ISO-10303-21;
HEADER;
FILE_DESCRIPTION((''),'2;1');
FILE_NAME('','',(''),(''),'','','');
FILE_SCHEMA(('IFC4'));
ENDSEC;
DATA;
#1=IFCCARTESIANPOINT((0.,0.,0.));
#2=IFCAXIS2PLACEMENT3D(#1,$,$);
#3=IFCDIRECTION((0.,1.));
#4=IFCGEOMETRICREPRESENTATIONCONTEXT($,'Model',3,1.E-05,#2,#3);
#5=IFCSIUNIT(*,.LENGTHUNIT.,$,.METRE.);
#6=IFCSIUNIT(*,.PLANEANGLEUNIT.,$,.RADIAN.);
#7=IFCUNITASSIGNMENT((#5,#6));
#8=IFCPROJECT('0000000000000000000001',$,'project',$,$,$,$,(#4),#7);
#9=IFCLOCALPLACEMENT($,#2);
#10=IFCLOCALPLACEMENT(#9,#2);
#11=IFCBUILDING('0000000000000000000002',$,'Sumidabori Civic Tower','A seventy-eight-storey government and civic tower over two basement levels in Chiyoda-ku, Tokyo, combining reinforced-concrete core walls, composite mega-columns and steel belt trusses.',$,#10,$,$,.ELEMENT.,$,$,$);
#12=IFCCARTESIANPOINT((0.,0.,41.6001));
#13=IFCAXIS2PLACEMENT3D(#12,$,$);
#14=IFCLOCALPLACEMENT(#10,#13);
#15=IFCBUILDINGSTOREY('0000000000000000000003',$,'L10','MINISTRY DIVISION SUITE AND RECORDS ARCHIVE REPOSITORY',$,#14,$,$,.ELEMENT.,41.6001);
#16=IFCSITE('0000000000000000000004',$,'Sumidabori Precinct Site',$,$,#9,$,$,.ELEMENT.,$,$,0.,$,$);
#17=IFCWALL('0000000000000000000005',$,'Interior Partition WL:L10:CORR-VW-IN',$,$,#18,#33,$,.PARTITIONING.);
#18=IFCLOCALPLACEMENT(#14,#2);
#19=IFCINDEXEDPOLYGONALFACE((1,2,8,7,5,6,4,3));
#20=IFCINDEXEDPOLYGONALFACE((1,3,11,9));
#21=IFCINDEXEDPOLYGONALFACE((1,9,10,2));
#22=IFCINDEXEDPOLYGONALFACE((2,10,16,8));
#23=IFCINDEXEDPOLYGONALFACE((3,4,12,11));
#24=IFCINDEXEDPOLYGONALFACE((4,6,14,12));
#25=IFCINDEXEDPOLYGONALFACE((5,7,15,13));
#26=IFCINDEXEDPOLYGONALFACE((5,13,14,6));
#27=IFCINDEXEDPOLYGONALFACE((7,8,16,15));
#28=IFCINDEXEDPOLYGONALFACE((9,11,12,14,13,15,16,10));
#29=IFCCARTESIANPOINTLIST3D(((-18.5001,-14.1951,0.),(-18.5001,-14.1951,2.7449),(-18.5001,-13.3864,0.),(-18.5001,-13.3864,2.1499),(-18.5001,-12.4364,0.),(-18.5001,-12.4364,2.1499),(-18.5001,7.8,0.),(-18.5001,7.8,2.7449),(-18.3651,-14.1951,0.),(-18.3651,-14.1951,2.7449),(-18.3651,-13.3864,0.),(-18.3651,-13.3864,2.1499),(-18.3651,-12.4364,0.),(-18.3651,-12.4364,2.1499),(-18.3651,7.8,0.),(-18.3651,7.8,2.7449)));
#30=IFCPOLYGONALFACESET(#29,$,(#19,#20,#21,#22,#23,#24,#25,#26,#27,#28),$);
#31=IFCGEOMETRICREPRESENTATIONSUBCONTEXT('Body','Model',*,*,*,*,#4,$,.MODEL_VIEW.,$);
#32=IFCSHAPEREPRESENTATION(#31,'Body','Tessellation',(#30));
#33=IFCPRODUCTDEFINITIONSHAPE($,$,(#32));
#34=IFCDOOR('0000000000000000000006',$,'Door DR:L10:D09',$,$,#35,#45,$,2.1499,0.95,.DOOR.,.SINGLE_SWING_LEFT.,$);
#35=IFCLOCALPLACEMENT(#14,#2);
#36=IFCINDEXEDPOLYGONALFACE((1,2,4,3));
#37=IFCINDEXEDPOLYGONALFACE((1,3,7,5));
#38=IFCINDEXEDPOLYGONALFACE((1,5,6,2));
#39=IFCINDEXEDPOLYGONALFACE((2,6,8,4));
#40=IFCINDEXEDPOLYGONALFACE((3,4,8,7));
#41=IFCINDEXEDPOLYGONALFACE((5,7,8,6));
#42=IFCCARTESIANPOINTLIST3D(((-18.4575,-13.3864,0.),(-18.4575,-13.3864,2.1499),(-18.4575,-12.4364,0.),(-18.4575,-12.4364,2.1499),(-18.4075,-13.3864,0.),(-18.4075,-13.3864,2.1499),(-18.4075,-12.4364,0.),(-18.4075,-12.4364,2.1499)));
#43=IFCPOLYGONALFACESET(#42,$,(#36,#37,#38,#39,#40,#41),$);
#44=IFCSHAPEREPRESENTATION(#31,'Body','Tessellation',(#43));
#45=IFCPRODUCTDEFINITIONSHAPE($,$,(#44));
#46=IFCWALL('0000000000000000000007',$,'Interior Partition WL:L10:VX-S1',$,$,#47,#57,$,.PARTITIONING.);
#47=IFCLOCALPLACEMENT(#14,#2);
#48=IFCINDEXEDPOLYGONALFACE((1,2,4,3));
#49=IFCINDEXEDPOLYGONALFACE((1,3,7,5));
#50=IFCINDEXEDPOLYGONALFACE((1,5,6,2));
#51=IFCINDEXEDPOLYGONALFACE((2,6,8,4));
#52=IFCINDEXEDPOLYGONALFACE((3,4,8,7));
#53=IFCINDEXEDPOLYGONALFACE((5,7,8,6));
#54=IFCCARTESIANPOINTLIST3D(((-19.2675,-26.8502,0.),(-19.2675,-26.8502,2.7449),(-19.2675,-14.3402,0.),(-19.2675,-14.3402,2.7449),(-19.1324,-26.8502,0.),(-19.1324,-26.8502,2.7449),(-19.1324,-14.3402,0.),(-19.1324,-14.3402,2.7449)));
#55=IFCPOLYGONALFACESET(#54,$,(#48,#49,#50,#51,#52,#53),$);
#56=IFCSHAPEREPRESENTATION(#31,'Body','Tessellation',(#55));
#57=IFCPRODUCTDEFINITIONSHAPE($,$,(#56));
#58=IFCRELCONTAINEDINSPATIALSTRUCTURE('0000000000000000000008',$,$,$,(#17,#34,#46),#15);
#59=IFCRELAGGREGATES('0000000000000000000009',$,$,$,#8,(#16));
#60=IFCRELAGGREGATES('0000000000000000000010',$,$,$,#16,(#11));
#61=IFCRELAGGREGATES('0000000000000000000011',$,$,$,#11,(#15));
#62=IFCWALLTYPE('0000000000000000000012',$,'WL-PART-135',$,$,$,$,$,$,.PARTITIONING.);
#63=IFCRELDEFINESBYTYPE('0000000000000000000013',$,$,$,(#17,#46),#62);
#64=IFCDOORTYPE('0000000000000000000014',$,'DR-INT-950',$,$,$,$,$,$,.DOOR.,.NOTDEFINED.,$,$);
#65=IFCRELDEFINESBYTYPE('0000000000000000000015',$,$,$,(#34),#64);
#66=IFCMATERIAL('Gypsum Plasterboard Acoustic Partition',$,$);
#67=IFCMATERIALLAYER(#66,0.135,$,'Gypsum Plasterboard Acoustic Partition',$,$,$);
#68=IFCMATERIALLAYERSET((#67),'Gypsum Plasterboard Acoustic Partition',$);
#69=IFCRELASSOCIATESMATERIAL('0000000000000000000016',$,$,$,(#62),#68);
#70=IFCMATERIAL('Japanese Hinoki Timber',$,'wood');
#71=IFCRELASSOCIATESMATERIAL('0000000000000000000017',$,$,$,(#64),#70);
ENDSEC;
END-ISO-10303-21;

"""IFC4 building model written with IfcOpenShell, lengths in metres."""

from ifc_helpers import new_model, si_unit, direction, frame, frame_2d, origin, place, context, subcontext, project, spatial, rectangle, extrude, source, transform, mapped, material, layer, layer_set, type_object, element, fill, save


model = new_model("IFC4")

# Units and contexts
model_context = context("Model", 3, precision=1e-05, world=origin(), true_north=direction((0.0, 1.0)))
body_context = subcontext(model_context, "Body", "Model", "MODEL_VIEW")
ifc_project = project(units=[si_unit("LENGTHUNIT", "METRE"), si_unit("PLANEANGLEUNIT", "RADIAN")], contexts=[model_context])

# Site, building, storey
site_placement = place(None, origin())
site = spatial("IfcSite", under=ifc_project, at=site_placement, Name="Sumidabori Precinct Site", CompositionType="ELEMENT", RefElevation=0.0)
building_placement = place(site_placement, origin())
building = spatial("IfcBuilding", under=site, at=building_placement, Name="Sumidabori Civic Tower", Description="A seventy-eight-storey government and civic tower over two basement levels in Chiyoda-ku, Tokyo, combining reinforced-concrete core walls, composite mega-columns and steel belt trusses.", CompositionType="ELEMENT")
storey_placement = place(building_placement, frame((0.0, 0.0, 41.6001)))
storey = spatial("IfcBuildingStorey", under=building, at=storey_placement, Name="L10", Description="MINISTRY DIVISION SUITE AND RECORDS ARCHIVE REPOSITORY", CompositionType="ELEMENT", Elevation=41.6001)

# Shared definitions
ifc_material_1 = material(Name="Gypsum Plasterboard Acoustic Partition")
ifc_layer_1 = layer(ifc_material_1, 0.135, Name="Gypsum Plasterboard Acoustic Partition")
ifc_layer_set_1 = layer_set([ifc_layer_1], Name="Gypsum Plasterboard Acoustic Partition")
wall_type_1 = type_object("IfcWallType", Name="WL-PART-135", PredefinedType="PARTITIONING", material=ifc_layer_set_1)

# Shared definitions
ifc_material_2 = material(Name="Japanese Hinoki Timber", Category="wood")
door_type = type_object("IfcDoorType", Name="DR-INT-950", OperationType="NOTDEFINED", PredefinedType="DOOR", material=ifc_material_2)
shared_shape_1 = source(origin(), body_context, "Body", "SweptSolid", [
    extrude(rectangle(XDim=0.95, YDim=2.1499, at=frame_2d((0.4751, 1.075))), frame((0.0, 0.0249, 0.0), z_axis=(0.0, -1.0, 0.0), x_axis=(1.0, 0.0, 0.0)), (0.0, 0.0, 1.0), 0.05),
])

# Wall, opening, door
shared_shape_2 = source(origin(), body_context, "Body", "SweptSolid", [
    extrude(rectangle(XDim=21.9951, YDim=0.135, at=frame_2d((10.9976, 0.0))), origin(), (0.0, 0.0, 1.0), 2.7449),
])
wall_1_placement = place(storey_placement, frame((-18.4326, -14.1951, 0.0), z_axis=(0.0, 0.0, 1.0), x_axis=(0.0, 1.0, 0.0)))
wall_1 = element("IfcWall", 1, at=wall_1_placement, inside=storey, type_object=wall_type_1, Name="Interior Partition WL:L10:CORR-VW-IN", PredefinedType="PARTITIONING", context=body_context, shape_type="MappedRepresentation", body=[
    mapped(shared_shape_2, transform((0.0, 0.0, 0.0), x_axis=(1.0, 0.0, 0.0), y_axis=(0.0, 1.0, 0.0), z_axis=(0.0, 0.0, 1.0), scale=1.0)),
])
opening_1_placement = place(wall_1_placement, frame((0.8086, 0.0, 0.0)))
opening_1 = element("IfcOpeningElement", 2, at=opening_1_placement, cuts=wall_1, PredefinedType="OPENING", context=body_context, shape_type="SweptSolid", body=[
    extrude(rectangle(XDim=0.95, YDim=2.1499, at=frame_2d((0.4751, 1.075))), frame((0.0, 0.0796, 0.0), z_axis=(0.0, -1.0, 0.0), x_axis=(1.0, 0.0, 0.0)), (0.0, 0.0, 1.0), 0.1589),
])
door_1_placement = place(opening_1_placement, origin())
door_1 = element("IfcDoor", 3, at=door_1_placement, inside=storey, type_object=door_type, Name="Door DR:L10:D09", OperationType="SINGLE_SWING_LEFT", OverallHeight=2.1499, OverallWidth=0.95, PredefinedType="DOOR", context=body_context, shape_type="MappedRepresentation", body=[
    mapped(shared_shape_1, transform((0.0, 0.0, 0.0), x_axis=(1.0, 0.0, 0.0), y_axis=(0.0, 1.0, 0.0), z_axis=(0.0, 0.0, 1.0), scale=1.0)),
])
fill(opening_1, door_1)

# Wall
shared_shape_3 = source(origin(), body_context, "Body", "SweptSolid", [
    extrude(rectangle(XDim=12.51, YDim=0.135, at=frame_2d((6.2549, 0.0))), origin(), (0.0, 0.0, 1.0), 2.7449),
])
wall_2_placement = place(storey_placement, frame((-19.2, -26.8501, 0.0), z_axis=(0.0, 0.0, 1.0), x_axis=(0.0, 1.0, 0.0)))
element("IfcWall", 4, at=wall_2_placement, inside=storey, type_object=wall_type_1, Name="Interior Partition WL:L10:VX-S1", PredefinedType="PARTITIONING", context=body_context, shape_type="MappedRepresentation", body=[
    mapped(shared_shape_3, transform((0.0, 0.0, 0.0), x_axis=(1.0, 0.0, 0.0), y_axis=(0.0, 1.0, 0.0), z_axis=(0.0, 0.0, 1.0), scale=1.0)),
])

save(model, "model.ifc")
